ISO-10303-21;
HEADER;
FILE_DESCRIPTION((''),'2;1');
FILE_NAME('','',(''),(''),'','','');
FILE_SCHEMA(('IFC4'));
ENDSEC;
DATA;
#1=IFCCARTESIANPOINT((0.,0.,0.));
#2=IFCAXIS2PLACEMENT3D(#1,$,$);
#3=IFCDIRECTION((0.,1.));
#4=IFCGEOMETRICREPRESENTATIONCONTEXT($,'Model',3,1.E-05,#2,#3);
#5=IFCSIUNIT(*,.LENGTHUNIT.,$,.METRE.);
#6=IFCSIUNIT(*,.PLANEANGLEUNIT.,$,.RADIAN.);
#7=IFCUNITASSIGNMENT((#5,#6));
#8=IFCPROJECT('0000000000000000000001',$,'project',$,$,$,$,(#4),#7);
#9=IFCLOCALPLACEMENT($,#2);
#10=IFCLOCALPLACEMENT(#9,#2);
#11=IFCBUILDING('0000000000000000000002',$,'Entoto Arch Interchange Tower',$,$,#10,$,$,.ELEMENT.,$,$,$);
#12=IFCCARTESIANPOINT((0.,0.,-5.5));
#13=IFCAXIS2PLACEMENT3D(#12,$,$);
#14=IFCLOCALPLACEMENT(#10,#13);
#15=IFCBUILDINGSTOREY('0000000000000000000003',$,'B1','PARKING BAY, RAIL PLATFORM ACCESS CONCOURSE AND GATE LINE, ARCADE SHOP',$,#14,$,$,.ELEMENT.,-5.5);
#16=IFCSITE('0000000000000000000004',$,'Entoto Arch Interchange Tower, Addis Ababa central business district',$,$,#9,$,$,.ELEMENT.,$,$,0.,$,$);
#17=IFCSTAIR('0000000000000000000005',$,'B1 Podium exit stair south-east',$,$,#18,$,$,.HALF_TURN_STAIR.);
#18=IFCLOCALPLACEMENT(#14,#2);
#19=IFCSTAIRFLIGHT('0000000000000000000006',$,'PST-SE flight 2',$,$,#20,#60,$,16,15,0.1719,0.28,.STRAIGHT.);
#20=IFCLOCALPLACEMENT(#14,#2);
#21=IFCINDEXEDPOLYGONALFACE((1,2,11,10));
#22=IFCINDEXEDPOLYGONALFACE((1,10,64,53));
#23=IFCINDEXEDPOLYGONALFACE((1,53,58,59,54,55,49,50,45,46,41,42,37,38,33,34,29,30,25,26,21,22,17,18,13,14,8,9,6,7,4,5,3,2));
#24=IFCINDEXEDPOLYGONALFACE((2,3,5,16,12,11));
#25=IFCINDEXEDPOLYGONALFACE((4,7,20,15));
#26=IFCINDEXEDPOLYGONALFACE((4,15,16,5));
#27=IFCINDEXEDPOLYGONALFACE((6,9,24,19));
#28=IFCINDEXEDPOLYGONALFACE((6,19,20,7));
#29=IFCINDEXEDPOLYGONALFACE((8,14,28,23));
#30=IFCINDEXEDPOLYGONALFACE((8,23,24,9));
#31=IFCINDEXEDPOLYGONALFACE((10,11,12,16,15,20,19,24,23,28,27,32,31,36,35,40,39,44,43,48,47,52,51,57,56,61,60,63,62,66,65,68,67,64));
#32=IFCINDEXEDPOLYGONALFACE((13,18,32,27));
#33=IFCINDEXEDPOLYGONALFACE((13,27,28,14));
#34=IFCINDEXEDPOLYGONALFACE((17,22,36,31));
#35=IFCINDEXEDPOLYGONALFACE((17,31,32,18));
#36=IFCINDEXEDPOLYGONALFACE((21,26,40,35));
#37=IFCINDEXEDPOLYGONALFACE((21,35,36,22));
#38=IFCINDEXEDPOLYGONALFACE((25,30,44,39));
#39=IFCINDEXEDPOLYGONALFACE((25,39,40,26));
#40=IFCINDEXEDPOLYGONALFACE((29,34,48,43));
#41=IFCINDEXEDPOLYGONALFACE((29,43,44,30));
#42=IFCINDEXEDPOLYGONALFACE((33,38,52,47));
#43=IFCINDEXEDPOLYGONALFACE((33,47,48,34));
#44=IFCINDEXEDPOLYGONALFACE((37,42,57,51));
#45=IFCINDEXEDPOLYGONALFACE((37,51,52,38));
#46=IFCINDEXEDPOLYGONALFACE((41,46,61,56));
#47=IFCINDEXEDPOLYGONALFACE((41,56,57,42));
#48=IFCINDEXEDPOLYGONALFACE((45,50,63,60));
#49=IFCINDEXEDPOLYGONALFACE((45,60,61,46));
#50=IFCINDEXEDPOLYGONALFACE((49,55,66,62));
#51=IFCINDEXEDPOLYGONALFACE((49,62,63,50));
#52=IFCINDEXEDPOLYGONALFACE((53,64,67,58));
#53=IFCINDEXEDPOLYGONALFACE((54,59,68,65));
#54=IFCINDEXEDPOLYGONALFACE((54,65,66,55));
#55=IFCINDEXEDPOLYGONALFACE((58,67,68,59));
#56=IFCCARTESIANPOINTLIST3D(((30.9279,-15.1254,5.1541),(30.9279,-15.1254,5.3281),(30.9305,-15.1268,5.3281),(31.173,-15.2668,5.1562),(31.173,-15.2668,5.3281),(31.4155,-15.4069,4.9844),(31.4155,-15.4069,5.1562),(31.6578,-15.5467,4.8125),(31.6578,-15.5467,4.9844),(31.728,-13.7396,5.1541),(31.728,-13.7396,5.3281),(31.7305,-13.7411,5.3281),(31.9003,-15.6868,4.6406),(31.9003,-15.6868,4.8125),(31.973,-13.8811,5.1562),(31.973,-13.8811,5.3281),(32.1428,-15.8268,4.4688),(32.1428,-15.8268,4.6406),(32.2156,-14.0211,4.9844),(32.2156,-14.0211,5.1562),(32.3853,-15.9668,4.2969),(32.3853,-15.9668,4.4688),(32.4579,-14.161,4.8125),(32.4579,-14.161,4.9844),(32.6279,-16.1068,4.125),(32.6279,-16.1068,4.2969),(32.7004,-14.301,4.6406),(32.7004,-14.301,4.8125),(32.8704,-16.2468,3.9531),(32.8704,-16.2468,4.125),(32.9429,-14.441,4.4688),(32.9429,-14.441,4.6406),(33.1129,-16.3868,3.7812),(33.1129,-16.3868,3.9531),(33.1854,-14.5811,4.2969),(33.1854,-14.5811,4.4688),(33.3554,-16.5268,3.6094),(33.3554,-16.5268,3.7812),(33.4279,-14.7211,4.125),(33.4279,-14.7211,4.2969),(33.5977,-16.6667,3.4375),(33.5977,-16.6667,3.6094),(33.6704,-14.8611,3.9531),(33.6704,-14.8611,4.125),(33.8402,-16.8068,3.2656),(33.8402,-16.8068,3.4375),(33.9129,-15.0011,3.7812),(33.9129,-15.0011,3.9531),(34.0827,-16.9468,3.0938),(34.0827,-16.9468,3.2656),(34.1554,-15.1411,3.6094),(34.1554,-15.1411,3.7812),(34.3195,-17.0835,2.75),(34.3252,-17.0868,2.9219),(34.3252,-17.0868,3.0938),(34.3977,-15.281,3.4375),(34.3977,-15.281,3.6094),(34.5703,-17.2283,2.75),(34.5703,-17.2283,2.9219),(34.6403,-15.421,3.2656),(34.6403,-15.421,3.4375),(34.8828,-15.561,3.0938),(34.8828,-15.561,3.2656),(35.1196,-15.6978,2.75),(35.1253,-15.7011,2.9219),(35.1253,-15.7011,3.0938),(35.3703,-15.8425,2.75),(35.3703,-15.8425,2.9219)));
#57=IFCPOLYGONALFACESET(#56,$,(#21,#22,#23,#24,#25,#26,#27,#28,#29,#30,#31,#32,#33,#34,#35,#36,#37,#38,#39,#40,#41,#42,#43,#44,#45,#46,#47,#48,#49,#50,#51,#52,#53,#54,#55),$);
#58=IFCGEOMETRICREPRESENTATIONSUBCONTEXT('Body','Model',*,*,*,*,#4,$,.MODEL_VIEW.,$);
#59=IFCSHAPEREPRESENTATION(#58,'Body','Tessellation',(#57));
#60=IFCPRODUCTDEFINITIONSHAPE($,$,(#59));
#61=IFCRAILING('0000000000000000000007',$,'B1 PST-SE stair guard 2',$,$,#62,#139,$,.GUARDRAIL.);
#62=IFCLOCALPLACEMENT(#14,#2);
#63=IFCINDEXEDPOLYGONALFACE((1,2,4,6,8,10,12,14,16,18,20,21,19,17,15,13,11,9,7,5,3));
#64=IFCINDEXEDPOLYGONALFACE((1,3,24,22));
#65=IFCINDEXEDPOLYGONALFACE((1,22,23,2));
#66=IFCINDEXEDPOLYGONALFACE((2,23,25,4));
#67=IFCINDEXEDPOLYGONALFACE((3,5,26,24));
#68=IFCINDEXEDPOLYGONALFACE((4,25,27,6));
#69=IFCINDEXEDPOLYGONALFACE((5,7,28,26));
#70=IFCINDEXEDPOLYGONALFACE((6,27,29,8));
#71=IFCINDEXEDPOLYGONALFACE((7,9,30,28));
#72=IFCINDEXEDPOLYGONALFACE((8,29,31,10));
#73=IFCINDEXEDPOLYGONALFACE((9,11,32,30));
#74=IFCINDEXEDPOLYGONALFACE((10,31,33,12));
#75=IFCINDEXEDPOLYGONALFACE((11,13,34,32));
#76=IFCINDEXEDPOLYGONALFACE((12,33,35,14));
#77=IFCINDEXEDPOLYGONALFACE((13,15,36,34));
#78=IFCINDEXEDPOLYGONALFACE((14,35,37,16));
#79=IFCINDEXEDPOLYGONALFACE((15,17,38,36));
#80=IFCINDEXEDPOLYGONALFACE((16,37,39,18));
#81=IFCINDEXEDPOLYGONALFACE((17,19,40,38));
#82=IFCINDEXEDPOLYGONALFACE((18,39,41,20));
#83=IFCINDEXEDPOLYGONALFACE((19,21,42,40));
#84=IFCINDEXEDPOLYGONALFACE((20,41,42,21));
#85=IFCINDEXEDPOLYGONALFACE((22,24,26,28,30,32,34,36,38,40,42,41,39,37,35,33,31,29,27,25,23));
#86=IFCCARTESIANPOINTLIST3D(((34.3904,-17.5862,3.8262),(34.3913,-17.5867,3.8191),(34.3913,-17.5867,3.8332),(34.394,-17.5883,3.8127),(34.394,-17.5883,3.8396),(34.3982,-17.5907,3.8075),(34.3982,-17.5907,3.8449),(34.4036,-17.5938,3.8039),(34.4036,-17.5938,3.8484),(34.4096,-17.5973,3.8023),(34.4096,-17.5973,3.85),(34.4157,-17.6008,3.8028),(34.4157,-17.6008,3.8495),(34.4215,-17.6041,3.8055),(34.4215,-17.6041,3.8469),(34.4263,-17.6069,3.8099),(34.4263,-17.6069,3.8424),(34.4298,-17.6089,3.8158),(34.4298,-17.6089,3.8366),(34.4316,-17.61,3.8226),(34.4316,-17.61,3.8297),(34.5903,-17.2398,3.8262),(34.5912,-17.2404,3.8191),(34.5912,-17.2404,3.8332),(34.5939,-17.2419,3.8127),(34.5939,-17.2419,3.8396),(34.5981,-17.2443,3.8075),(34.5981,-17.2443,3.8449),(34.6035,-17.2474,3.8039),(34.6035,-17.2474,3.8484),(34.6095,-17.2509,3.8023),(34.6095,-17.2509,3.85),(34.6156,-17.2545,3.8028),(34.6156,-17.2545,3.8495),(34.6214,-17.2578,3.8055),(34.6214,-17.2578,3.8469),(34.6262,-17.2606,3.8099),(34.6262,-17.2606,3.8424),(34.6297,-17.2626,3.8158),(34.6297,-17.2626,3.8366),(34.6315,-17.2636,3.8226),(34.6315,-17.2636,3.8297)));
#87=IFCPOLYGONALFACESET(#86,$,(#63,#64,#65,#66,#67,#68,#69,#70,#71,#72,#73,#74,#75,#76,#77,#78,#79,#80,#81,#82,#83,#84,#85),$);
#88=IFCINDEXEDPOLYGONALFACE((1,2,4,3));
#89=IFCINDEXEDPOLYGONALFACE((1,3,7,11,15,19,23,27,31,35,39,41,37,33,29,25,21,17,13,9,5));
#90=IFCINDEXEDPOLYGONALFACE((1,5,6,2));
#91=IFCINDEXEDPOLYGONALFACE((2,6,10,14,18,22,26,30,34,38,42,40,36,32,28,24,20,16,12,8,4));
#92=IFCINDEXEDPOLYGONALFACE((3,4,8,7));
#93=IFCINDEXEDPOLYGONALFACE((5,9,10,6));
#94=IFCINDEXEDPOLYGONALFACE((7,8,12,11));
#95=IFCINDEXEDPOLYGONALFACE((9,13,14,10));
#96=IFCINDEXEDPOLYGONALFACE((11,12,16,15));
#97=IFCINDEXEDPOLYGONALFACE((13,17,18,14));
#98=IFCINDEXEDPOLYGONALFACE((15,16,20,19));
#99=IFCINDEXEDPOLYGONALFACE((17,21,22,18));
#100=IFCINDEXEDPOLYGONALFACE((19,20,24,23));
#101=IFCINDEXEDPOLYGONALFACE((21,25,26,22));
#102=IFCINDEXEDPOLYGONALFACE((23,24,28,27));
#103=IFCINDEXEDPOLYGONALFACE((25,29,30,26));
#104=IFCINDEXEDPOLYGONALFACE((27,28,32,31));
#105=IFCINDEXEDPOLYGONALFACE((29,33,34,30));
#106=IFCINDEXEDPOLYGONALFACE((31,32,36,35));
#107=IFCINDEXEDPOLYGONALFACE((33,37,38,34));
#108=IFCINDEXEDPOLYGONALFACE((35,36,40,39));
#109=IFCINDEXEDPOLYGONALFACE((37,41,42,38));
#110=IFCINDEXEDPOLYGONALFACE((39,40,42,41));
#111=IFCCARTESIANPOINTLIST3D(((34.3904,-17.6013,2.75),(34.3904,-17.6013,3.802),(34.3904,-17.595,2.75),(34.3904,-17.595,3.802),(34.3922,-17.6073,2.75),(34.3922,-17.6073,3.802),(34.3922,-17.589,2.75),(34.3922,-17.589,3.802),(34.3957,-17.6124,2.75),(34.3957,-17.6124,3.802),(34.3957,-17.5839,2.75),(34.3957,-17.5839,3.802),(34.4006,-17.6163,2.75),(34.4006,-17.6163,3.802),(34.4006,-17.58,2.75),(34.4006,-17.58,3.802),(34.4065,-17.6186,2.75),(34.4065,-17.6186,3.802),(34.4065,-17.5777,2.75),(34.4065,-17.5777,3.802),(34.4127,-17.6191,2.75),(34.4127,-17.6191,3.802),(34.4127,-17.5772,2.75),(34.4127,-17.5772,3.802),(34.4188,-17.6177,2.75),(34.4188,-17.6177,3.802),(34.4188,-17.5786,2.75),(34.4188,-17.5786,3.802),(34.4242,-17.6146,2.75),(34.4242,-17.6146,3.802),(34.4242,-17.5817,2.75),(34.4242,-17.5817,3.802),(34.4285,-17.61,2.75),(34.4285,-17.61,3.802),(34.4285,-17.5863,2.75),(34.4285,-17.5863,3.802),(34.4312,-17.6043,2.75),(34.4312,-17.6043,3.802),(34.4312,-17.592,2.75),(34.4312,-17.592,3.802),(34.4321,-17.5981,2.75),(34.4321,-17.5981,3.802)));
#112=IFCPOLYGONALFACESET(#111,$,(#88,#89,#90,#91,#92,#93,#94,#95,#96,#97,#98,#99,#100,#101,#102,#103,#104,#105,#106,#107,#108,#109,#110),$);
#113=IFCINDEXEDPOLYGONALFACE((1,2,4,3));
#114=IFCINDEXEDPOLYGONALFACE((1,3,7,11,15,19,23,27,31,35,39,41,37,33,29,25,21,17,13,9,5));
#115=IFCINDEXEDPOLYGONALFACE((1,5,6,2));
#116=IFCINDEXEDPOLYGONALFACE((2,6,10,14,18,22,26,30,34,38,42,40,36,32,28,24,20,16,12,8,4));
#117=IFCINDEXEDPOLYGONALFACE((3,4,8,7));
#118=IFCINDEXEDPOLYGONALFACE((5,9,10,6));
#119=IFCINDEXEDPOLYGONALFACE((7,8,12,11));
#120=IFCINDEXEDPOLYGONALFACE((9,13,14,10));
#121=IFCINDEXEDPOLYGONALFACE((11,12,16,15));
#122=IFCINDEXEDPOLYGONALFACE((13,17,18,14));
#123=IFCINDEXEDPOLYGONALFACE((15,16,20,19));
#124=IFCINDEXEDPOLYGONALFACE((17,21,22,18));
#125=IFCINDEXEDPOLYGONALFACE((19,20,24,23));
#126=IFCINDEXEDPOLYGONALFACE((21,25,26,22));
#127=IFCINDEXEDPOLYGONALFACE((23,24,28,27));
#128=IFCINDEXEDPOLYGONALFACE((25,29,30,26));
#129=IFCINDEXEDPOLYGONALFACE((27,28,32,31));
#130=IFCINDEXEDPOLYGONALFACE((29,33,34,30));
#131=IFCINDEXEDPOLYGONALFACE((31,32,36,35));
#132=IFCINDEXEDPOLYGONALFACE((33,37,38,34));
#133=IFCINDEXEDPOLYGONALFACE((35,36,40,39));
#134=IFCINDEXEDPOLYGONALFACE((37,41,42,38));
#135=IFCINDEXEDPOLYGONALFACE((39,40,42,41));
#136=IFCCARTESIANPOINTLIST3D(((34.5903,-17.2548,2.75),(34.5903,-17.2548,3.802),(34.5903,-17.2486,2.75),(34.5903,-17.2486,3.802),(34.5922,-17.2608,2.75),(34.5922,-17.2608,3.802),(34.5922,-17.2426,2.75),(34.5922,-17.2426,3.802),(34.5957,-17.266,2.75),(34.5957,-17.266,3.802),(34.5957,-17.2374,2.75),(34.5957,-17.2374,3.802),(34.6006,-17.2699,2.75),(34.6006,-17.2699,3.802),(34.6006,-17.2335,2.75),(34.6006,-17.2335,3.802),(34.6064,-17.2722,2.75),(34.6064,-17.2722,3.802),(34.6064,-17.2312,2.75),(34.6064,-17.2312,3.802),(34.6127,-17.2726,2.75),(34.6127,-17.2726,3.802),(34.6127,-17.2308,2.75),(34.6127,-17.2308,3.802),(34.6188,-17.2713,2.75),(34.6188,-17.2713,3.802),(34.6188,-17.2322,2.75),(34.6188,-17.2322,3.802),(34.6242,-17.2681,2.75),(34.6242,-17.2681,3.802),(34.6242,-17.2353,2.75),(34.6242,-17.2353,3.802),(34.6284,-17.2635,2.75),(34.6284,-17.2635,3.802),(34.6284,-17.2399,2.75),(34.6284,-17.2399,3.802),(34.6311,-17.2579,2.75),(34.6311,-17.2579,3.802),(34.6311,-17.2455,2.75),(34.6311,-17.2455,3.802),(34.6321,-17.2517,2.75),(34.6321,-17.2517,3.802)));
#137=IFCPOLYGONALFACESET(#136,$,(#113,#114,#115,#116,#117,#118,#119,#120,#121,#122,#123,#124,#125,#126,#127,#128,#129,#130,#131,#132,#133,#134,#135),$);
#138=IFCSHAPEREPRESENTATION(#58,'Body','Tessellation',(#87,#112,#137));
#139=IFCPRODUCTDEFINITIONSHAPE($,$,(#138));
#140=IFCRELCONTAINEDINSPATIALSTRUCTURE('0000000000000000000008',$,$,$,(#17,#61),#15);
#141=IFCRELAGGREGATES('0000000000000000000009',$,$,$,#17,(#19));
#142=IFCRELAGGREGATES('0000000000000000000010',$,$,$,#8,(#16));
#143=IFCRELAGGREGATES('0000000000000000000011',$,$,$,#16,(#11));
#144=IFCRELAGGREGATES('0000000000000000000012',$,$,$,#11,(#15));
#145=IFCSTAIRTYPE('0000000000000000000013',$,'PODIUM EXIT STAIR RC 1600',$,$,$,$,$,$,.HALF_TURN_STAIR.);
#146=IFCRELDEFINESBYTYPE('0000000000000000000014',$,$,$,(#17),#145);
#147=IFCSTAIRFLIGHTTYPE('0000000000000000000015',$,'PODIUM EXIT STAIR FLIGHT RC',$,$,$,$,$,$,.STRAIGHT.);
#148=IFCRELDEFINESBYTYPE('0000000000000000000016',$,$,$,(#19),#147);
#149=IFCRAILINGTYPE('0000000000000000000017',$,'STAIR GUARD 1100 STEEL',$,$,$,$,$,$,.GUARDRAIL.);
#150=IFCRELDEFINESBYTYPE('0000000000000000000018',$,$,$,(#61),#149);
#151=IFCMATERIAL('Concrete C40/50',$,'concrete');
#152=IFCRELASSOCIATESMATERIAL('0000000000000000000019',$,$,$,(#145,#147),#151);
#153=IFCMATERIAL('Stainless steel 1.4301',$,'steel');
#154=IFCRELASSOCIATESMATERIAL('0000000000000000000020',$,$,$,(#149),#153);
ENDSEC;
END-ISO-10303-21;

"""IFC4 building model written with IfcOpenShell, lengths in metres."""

from ifc_helpers import new_model, si_unit, direction, frame, origin, origin_2d, place, context, subcontext, project, spatial, polyline, circle, outline, extrude, material, type_object, element, aggregate, save


model = new_model("IFC4")

# Units and contexts
model_context = context("Model", 3, precision=1e-05, world=origin(), true_north=direction((0.0, 1.0)))
body_context = subcontext(model_context, "Body", "Model", "MODEL_VIEW")
ifc_project = project(units=[si_unit("LENGTHUNIT", "METRE"), si_unit("PLANEANGLEUNIT", "RADIAN")], contexts=[model_context])

# Site, building, storey
site_placement = place(None, origin())
site = spatial("IfcSite", under=ifc_project, at=site_placement, Name="Entoto Arch Interchange Tower, Addis Ababa central business district", CompositionType="ELEMENT", RefElevation=0.0)
building_placement = place(site_placement, origin())
building = spatial("IfcBuilding", under=site, at=building_placement, Name="Entoto Arch Interchange Tower", CompositionType="ELEMENT")
storey_placement = place(building_placement, frame((0.0, 0.0, -5.5)))
storey = spatial("IfcBuildingStorey", under=building, at=storey_placement, Name="B1", Description="PARKING BAY, RAIL PLATFORM ACCESS CONCOURSE AND GATE LINE, ARCADE SHOP", CompositionType="ELEMENT", Elevation=-5.5)

# Shared definitions
ifc_material_1 = material(Name="Concrete C40/50", Category="concrete")

# Stair, stair flight
stair_type = type_object("IfcStairType", Name="PODIUM EXIT STAIR RC 1600", PredefinedType="HALF_TURN_STAIR", material=ifc_material_1)
stair_placement = place(storey_placement, origin())
stair = element("IfcStair", 1, at=stair_placement, inside=storey, type_object=stair_type, Name="B1 Podium exit stair south-east", PredefinedType="HALF_TURN_STAIR")
stair_flight_type = type_object("IfcStairFlightType", Name="PODIUM EXIT STAIR FLIGHT RC", PredefinedType="STRAIGHT", material=ifc_material_1)
stair_flight_placement = place(storey_placement, frame((34.9678, -16.5339, 2.75), z_axis=(0.0, 0.0, 1.0), x_axis=(-0.866025, 0.5, 0.0)))
stair_flight = element("IfcStairFlight", 2, at=stair_flight_placement, type_object=stair_flight_type, Name="PST-SE flight 2", NumberOfRisers=16, NumberOfTreads=15, PredefinedType="STRAIGHT", RiserHeight=0.1719, TreadLength=0.28, context=body_context, shape_type="SweptSolid", body=[
    extrude(outline(polyline([(-0.0029, 0.0), (-0.0029, 0.1719), (0.28, 0.1719), (0.28, 0.3438), (0.5601, 0.3438), (0.5601, 0.5156), (0.8401, 0.5156), (0.8401, 0.6875), (1.1201, 0.6875), (1.1201, 0.8594), (1.3999, 0.8594), (1.3999, 1.0312), (1.6799, 1.0312), (1.6799, 1.2031), (1.96, 1.2031), (1.96, 1.375), (2.24, 1.375), (2.24, 1.5469), (2.52, 1.5469), (2.52, 1.7188), (2.8, 1.7188), (2.8, 1.8906), (3.0801, 1.8906), (3.0801, 2.0625), (3.3601, 2.0625), (3.3601, 2.2344), (3.6399, 2.2344), (3.6399, 2.4062), (3.9199, 2.4062), (3.9199, 2.5781), (4.2, 2.5781), (4.2029, 2.5781), (4.2029, 2.4041), (0.2866, 0.0), (-0.0029, 0.0)])), frame((0.0, 0.8, 0.0), z_axis=(0.0, -1.0, 0.0), x_axis=(1.0, 0.0, 0.0)), (0.0, 0.0, 1.0), 1.6001),
])
aggregate(stair, [stair_flight])

# Railing
ifc_material_2 = material(Name="Stainless steel 1.4301", Category="steel")
railing_type_1 = type_object("IfcRailingType", Name="STAIR GUARD 1100 STEEL", PredefinedType="GUARDRAIL", material=ifc_material_2)
railing_1_placement = place(storey_placement, frame((34.4111, -17.5981, 2.75)))
element("IfcRailing", 3, at=railing_1_placement, inside=storey, type_object=railing_type_1, Name="B1 PST-SE stair guard 2", PredefinedType="GUARDRAIL", context=body_context, shape_type="SweptSolid", body=[
    extrude(circle(Radius=0.0239, at=origin_2d()), frame((0.0, 0.0, 1.0762), z_axis=(0.499881, 0.866094, 0.0), x_axis=(-0.866094, 0.499881, 0.0)), (0.0, 0.0, 1.0), 0.3999),
    extrude(circle(Radius=0.021, at=origin_2d()), origin(), (0.0, 0.0, 1.0), 1.052),
    extrude(circle(Radius=0.021, at=origin_2d()), frame((0.2, 0.3464, 0.0)), (0.0, 0.0, 1.0), 1.052),
])

save(model, "model.ifc")
